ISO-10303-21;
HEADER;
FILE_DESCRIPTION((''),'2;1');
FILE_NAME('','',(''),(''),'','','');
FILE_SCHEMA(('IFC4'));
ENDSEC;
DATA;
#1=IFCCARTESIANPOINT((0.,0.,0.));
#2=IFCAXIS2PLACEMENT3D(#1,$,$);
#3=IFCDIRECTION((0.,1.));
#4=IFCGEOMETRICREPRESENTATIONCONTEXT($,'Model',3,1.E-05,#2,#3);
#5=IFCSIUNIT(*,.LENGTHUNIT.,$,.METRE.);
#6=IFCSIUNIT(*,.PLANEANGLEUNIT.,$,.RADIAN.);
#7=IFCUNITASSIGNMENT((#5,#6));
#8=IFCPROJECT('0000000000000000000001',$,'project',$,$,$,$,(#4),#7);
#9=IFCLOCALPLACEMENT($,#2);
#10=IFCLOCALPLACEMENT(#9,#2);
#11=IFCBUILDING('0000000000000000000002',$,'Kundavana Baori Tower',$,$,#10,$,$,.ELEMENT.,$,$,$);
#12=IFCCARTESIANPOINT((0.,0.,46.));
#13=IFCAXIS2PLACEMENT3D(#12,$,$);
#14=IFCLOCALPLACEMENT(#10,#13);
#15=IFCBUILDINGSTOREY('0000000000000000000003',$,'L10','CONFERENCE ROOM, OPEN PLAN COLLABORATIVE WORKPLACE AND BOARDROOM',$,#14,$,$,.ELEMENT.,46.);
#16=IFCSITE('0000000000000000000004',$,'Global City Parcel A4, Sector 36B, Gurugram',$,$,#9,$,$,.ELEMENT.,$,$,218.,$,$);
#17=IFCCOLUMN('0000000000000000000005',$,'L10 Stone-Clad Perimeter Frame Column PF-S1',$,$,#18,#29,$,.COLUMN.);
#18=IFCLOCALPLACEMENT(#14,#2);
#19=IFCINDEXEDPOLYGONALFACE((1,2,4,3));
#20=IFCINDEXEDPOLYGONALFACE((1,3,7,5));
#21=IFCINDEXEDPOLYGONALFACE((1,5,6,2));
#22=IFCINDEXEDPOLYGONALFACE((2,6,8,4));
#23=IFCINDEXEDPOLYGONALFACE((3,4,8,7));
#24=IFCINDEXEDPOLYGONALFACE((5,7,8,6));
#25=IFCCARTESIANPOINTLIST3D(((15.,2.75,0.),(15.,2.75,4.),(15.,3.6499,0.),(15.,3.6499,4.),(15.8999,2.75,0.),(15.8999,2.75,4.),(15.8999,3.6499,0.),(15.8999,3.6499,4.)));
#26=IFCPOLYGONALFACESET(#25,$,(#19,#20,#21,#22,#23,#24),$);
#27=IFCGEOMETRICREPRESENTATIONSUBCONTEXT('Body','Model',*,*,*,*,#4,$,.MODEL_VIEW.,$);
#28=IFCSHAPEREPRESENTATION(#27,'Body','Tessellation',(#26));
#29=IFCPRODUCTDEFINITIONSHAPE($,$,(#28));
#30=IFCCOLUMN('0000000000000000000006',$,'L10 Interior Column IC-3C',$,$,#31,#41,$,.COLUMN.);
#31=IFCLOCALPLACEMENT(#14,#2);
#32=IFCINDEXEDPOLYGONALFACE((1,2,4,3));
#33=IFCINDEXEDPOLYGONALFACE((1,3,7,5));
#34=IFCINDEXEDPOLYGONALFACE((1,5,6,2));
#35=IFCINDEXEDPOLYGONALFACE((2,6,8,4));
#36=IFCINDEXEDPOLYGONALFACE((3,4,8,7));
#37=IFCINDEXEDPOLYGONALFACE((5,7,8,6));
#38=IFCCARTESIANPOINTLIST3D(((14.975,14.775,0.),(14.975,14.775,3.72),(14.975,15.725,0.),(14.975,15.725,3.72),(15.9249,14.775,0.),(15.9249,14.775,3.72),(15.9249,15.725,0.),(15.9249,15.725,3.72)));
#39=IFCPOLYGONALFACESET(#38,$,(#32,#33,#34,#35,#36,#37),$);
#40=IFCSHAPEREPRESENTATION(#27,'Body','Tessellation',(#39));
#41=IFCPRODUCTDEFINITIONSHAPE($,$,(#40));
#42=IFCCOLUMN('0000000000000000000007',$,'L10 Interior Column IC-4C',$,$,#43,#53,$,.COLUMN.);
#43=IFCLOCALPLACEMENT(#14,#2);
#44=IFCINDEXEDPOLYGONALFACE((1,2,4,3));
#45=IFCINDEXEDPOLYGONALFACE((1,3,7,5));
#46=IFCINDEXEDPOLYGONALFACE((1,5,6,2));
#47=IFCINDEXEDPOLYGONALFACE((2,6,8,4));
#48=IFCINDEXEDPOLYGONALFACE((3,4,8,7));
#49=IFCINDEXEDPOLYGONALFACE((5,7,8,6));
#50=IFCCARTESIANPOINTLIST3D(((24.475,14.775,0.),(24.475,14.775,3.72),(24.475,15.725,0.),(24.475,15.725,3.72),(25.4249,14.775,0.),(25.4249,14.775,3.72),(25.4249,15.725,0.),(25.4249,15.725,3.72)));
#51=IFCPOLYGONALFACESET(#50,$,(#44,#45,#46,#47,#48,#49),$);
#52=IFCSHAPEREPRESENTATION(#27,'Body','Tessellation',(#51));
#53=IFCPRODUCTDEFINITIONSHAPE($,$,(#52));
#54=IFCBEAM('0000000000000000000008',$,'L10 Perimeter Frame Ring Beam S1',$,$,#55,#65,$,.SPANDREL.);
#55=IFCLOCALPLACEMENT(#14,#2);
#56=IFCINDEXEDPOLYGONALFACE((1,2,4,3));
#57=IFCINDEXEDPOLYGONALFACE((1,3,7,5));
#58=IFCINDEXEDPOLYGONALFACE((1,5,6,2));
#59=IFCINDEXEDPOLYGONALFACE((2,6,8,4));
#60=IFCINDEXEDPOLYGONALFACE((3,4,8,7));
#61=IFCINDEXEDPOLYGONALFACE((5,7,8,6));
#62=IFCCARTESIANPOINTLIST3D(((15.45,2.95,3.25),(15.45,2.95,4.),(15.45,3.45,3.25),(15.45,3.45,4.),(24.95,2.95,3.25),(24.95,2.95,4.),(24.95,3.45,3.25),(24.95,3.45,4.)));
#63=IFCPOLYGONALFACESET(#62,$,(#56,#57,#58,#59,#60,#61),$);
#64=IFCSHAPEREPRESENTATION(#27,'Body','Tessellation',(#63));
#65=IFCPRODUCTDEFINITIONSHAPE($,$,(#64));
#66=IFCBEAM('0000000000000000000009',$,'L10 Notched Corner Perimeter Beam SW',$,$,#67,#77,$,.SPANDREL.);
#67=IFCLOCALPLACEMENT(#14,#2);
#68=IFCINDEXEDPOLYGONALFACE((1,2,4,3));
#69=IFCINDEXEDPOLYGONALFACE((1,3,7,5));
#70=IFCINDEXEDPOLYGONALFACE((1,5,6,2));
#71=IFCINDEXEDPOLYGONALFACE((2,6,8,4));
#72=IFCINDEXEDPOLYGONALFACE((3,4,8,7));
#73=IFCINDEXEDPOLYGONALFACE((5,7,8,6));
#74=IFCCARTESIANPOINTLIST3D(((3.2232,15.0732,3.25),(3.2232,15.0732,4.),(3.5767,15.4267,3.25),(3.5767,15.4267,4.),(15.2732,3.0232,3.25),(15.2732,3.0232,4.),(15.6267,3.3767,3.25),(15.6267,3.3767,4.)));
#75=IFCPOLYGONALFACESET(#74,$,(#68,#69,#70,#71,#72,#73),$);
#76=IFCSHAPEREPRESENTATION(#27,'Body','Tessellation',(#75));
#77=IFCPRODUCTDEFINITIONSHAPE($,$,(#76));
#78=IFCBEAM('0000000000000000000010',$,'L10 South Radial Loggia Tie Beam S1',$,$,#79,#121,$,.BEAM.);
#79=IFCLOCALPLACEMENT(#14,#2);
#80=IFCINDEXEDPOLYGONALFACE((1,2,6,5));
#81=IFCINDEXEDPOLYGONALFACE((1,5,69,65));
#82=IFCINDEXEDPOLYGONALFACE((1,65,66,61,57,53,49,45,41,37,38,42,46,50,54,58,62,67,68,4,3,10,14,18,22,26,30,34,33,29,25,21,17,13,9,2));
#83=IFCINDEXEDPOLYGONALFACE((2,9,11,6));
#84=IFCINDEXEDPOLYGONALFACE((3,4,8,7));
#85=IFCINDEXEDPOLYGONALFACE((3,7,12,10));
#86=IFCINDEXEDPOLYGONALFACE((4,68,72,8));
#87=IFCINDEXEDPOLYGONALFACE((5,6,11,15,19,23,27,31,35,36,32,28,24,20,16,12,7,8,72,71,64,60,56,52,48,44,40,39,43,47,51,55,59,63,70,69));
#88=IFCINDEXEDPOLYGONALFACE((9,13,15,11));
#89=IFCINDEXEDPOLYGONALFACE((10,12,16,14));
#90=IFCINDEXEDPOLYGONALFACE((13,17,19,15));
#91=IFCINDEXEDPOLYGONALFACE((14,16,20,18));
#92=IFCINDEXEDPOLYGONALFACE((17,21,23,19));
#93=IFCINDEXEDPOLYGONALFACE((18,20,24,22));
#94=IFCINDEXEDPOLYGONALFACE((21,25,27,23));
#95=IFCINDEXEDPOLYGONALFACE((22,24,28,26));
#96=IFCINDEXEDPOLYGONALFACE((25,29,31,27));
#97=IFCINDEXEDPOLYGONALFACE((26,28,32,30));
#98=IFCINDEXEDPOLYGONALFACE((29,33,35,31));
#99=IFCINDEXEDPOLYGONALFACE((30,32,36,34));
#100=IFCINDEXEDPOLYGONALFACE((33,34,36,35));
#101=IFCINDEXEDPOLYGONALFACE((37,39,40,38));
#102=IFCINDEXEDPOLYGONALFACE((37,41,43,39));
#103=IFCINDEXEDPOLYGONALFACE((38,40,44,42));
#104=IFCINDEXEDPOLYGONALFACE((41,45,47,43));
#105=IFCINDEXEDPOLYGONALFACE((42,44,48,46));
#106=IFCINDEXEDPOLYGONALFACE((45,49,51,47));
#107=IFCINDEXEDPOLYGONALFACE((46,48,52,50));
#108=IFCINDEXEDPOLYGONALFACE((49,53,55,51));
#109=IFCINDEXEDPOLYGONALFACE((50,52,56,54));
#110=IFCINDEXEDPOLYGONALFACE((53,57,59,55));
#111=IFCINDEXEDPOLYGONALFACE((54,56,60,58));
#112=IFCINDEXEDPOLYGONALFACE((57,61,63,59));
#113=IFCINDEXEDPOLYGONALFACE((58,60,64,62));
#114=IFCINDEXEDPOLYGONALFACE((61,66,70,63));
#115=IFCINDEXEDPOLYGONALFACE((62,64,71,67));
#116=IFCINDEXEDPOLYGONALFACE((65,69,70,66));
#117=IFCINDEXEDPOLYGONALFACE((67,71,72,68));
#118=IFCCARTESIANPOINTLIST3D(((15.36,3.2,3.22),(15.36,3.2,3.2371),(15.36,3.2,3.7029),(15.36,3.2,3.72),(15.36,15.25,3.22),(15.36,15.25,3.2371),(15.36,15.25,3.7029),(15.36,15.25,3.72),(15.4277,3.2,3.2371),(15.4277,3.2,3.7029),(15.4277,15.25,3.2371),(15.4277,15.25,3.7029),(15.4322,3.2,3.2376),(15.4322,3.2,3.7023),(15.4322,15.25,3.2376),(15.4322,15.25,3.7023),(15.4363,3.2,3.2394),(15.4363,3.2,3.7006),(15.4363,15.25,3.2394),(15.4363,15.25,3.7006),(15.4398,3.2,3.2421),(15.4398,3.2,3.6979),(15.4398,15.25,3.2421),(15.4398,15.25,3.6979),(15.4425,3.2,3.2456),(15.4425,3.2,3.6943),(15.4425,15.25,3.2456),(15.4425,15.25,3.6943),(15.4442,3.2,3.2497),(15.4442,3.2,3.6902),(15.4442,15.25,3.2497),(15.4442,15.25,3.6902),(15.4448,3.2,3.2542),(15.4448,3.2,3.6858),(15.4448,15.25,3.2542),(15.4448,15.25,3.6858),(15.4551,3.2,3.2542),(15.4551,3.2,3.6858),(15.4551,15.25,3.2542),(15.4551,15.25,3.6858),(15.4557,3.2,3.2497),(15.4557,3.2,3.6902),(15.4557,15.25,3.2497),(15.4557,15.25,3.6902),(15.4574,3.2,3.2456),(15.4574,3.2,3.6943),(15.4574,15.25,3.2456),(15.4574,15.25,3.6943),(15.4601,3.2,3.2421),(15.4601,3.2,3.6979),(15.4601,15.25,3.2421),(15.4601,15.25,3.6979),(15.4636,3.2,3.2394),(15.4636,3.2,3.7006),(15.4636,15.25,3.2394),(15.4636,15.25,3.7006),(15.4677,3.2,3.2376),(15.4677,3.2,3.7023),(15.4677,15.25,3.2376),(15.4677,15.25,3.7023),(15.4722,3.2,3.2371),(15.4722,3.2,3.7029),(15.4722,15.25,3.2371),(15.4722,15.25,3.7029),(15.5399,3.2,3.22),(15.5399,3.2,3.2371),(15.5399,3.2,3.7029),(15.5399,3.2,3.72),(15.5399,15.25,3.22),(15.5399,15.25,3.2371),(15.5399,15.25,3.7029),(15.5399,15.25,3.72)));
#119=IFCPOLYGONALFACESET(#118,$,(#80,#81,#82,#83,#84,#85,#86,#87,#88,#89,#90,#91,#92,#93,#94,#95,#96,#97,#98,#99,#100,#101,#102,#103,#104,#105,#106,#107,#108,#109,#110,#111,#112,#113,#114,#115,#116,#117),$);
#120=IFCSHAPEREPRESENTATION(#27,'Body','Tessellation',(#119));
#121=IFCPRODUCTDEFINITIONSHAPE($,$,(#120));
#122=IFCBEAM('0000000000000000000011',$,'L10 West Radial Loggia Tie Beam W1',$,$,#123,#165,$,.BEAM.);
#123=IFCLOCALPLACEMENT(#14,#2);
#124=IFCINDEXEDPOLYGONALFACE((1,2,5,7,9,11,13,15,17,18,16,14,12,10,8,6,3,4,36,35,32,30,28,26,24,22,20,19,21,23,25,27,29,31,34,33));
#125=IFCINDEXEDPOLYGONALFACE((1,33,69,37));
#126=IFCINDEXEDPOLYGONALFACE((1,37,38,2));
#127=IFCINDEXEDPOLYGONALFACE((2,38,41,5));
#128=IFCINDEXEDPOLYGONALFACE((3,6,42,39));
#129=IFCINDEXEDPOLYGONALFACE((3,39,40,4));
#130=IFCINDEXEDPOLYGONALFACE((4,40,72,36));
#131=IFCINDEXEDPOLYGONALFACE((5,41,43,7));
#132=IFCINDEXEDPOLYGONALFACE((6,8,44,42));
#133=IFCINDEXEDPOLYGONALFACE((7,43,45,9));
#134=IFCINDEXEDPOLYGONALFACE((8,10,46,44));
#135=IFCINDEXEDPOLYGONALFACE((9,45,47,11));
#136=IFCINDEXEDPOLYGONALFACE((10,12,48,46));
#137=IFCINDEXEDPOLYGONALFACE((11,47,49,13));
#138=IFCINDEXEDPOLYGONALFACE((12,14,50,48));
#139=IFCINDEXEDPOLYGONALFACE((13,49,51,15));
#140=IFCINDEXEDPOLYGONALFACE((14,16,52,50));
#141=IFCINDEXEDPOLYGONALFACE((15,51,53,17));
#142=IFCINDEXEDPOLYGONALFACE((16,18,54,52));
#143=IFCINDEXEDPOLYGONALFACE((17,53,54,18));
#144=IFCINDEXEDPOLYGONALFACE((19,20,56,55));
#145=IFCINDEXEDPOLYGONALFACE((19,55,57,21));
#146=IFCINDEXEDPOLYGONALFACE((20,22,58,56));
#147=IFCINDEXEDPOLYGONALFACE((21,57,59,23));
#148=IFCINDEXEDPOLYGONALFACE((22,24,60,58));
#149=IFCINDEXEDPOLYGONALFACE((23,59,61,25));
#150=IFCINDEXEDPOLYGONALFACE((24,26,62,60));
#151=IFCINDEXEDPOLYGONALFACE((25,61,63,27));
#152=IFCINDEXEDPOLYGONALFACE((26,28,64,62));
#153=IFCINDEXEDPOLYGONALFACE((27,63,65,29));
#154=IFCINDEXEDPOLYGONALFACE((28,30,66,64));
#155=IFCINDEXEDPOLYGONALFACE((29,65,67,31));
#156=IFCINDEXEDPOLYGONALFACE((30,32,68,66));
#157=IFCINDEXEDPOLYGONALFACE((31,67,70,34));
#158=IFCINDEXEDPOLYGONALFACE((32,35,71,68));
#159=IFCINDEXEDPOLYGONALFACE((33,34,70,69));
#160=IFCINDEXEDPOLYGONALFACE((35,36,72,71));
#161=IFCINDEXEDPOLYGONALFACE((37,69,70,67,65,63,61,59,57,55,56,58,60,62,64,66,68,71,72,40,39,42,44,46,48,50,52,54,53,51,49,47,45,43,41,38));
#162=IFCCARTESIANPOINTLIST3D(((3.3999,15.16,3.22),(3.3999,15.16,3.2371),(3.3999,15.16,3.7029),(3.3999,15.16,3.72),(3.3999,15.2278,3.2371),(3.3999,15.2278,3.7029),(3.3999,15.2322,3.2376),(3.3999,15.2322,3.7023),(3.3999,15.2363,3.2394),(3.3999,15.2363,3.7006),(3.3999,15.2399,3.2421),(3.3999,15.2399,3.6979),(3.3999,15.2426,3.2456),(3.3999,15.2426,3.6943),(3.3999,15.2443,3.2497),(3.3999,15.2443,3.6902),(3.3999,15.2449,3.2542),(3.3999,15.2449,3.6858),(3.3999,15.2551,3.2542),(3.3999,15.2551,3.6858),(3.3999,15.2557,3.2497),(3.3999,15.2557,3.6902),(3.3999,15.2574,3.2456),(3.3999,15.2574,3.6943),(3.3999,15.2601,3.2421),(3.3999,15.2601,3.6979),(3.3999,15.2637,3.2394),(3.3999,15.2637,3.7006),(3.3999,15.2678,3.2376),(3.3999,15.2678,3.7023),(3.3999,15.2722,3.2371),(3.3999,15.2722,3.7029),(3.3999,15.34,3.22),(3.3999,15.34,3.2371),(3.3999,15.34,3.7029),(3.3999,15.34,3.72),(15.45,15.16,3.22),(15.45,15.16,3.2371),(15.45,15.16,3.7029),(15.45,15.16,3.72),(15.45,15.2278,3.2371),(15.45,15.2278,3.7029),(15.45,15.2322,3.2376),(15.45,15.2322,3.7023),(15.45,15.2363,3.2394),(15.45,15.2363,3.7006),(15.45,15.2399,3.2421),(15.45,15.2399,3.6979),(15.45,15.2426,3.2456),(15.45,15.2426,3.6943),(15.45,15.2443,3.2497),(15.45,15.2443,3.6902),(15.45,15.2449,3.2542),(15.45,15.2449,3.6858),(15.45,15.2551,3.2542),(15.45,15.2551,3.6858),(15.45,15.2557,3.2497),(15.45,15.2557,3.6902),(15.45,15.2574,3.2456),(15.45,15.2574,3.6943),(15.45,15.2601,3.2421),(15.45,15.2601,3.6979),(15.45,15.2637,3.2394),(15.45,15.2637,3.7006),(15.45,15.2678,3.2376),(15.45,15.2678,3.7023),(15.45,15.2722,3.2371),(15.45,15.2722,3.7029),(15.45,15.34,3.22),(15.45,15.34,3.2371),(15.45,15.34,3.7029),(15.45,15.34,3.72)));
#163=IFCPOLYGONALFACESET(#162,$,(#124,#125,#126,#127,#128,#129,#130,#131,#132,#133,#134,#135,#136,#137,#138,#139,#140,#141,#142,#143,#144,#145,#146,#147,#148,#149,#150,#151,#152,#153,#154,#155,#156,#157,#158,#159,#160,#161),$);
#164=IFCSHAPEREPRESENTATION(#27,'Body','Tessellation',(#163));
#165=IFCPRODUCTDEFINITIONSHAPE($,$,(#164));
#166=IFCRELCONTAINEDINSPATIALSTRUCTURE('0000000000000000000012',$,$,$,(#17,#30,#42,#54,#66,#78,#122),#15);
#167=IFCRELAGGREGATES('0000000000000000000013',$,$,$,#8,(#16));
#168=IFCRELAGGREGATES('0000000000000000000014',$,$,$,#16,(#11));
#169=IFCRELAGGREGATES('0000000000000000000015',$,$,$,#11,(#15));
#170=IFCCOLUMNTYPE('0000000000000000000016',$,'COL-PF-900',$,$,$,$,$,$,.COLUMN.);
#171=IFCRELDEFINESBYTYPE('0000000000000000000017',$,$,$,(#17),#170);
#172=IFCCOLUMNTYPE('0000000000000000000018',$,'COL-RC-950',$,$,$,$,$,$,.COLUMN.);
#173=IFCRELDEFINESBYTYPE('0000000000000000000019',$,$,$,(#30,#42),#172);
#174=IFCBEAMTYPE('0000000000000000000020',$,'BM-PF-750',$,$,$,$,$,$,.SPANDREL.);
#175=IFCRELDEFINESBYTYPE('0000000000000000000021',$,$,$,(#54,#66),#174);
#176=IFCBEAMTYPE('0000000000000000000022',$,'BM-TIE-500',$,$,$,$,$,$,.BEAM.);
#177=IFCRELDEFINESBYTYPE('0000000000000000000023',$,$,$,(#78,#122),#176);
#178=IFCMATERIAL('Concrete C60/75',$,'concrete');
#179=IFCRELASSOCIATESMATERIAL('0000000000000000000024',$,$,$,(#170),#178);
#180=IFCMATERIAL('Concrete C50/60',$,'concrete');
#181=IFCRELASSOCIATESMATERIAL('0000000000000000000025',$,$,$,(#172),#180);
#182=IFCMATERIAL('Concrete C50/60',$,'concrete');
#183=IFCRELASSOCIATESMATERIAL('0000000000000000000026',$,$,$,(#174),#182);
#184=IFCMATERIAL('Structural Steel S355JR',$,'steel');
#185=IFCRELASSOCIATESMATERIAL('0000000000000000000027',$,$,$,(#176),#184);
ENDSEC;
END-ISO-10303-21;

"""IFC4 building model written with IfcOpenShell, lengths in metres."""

from ifc_helpers import new_model, si_unit, direction, frame, origin, origin_2d, place, context, subcontext, project, spatial, rectangle, i_section, extrude, material, material_profile, profile_set, type_object, element, save


model = new_model("IFC4")

# Units and contexts
model_context = context("Model", 3, precision=1e-05, world=origin(), true_north=direction((0.0, 1.0)))
body_context = subcontext(model_context, "Body", "Model", "MODEL_VIEW")
ifc_project = project(units=[si_unit("LENGTHUNIT", "METRE"), si_unit("PLANEANGLEUNIT", "RADIAN")], contexts=[model_context])

# Site, building, storey
site_placement = place(None, origin())
site = spatial("IfcSite", under=ifc_project, at=site_placement, Name="Global City Parcel A4, Sector 36B, Gurugram", CompositionType="ELEMENT", RefElevation=218.0)
building_placement = place(site_placement, origin())
building = spatial("IfcBuilding", under=site, at=building_placement, Name="Kundavana Baori Tower", CompositionType="ELEMENT")
storey_placement = place(building_placement, frame((0.0, 0.0, 46.0)))
storey = spatial("IfcBuildingStorey", under=building, at=storey_placement, Name="L10", Description="CONFERENCE ROOM, OPEN PLAN COLLABORATIVE WORKPLACE AND BOARDROOM", CompositionType="ELEMENT", Elevation=46.0)

# Columns
ifc_material_1 = material(Name="Concrete C60/75", Category="concrete")
ifc_material_profile_1 = material_profile(ifc_material_1, rectangle(XDim=0.8999, YDim=0.8999, at=origin_2d()), Name="RC PF 900x900")
ifc_profile_set_1 = profile_set([ifc_material_profile_1], Name="Concrete C60/75")
column_type_1 = type_object("IfcColumnType", Name="COL-PF-900", PredefinedType="COLUMN", material=ifc_profile_set_1)
column_placement = place(storey_placement, frame((15.45, 3.2, 0.0), z_axis=(0.0, 0.0, 1.0), x_axis=(1.0, 0.0, 0.0)))
element("IfcColumn", 1, at=column_placement, inside=storey, type_object=column_type_1, Name="L10 Stone-Clad Perimeter Frame Column PF-S1", PredefinedType="COLUMN", context=body_context, shape_type="SweptSolid", body=[
    extrude(rectangle(XDim=0.8999, YDim=0.8999, at=origin_2d()), origin(), (0.0, 0.0, 1.0), 4.0),
])
ifc_material_2 = material(Name="Concrete C50/60", Category="concrete")
ifc_material_profile_2 = material_profile(ifc_material_2, rectangle(XDim=0.95, YDim=0.95, at=origin_2d()), Name="RC 950x950")
ifc_profile_set_2 = profile_set([ifc_material_profile_2], Name="Concrete C50/60")
column_type_2 = type_object("IfcColumnType", Name="COL-RC-950", PredefinedType="COLUMN", material=ifc_profile_set_2)
for number, where, z_axis, x_axis, name in (
    (2, (15.45, 15.25, 0.0), (0.0, 0.0, 1.0), (1.0, 0.0, 0.0), "L10 Interior Column IC-3C"),
    (3, (24.95, 15.25, 0.0), (0.0, 0.0, 1.0), (1.0, 0.0, 0.0), "L10 Interior Column IC-4C"),
):
    element("IfcColumn", number, at=place(storey_placement, frame(where, z_axis=z_axis, x_axis=x_axis)), inside=storey, type_object=column_type_2, Name=name, PredefinedType="COLUMN", context=body_context, shape_type="SweptSolid", body=[
        extrude(rectangle(XDim=0.95, YDim=0.95, at=origin_2d()), origin(), (0.0, 0.0, 1.0), 3.72),
    ])

# Beams
ifc_material_3 = material(Name="Concrete C50/60", Category="concrete")
ifc_material_profile_3 = material_profile(ifc_material_3, rectangle(XDim=0.5, YDim=0.75, at=origin_2d()), Name="RC BM 500x750")
ifc_profile_set_3 = profile_set([ifc_material_profile_3], Name="Concrete C50/60")
beam_type_1 = type_object("IfcBeamType", Name="BM-PF-750", PredefinedType="SPANDREL", material=ifc_profile_set_3)
beam_1_placement = place(storey_placement, frame((15.45, 3.2, 3.625), z_axis=(1.0, 0.0, 0.0), x_axis=(0.0, 1.0, 0.0)))
element("IfcBeam", 4, at=beam_1_placement, inside=storey, type_object=beam_type_1, Name="L10 Perimeter Frame Ring Beam S1", PredefinedType="SPANDREL", context=body_context, shape_type="SweptSolid", body=[
    extrude(rectangle(XDim=0.5, YDim=0.75, at=origin_2d()), origin(), (0.0, 0.0, 1.0), 9.5),
])
beam_2_placement = place(storey_placement, frame((15.45, 3.2, 3.625), z_axis=(-0.707107, 0.707107, 0.0), x_axis=(-0.707107, -0.707107, 0.0)))
element("IfcBeam", 5, at=beam_2_placement, inside=storey, type_object=beam_type_1, Name="L10 Notched Corner Perimeter Beam SW", PredefinedType="SPANDREL", context=body_context, shape_type="SweptSolid", body=[
    extrude(rectangle(XDim=0.5, YDim=0.75, at=origin_2d()), origin(), (0.0, 0.0, 1.0), 17.0413),
])
ifc_material_4 = material(Name="Structural Steel S355JR", Category="steel")
ifc_material_profile_4 = material_profile(ifc_material_4, i_section(OverallWidth=0.1799, OverallDepth=0.5, WebThickness=0.0103, FlangeThickness=0.0171, FilletRadius=0.0171, at=origin_2d()), Name="ISMB 500")
ifc_profile_set_4 = profile_set([ifc_material_profile_4], Name="Structural Steel S355JR")
beam_type_2 = type_object("IfcBeamType", Name="BM-TIE-500", PredefinedType="BEAM", material=ifc_profile_set_4)
for number, where, z_axis, x_axis, name in (
    (6, (15.45, 15.25, 3.47), (0.0, -1.0, 0.0), (1.0, 0.0, 0.0), "L10 South Radial Loggia Tie Beam S1"),
    (7, (15.45, 15.25, 3.47), (-1.0, 0.0, 0.0), (0.0, -1.0, 0.0), "L10 West Radial Loggia Tie Beam W1"),
):
    element("IfcBeam", number, at=place(storey_placement, frame(where, z_axis=z_axis, x_axis=x_axis)), inside=storey, type_object=beam_type_2, Name=name, PredefinedType="BEAM", context=body_context, shape_type="SweptSolid", body=[
        extrude(i_section(OverallWidth=0.1799, OverallDepth=0.5, WebThickness=0.0103, FlangeThickness=0.0171, FilletRadius=0.0171, at=origin_2d()), origin(), (0.0, 0.0, 1.0), 12.05),
    ])

save(model, "model.ifc")
